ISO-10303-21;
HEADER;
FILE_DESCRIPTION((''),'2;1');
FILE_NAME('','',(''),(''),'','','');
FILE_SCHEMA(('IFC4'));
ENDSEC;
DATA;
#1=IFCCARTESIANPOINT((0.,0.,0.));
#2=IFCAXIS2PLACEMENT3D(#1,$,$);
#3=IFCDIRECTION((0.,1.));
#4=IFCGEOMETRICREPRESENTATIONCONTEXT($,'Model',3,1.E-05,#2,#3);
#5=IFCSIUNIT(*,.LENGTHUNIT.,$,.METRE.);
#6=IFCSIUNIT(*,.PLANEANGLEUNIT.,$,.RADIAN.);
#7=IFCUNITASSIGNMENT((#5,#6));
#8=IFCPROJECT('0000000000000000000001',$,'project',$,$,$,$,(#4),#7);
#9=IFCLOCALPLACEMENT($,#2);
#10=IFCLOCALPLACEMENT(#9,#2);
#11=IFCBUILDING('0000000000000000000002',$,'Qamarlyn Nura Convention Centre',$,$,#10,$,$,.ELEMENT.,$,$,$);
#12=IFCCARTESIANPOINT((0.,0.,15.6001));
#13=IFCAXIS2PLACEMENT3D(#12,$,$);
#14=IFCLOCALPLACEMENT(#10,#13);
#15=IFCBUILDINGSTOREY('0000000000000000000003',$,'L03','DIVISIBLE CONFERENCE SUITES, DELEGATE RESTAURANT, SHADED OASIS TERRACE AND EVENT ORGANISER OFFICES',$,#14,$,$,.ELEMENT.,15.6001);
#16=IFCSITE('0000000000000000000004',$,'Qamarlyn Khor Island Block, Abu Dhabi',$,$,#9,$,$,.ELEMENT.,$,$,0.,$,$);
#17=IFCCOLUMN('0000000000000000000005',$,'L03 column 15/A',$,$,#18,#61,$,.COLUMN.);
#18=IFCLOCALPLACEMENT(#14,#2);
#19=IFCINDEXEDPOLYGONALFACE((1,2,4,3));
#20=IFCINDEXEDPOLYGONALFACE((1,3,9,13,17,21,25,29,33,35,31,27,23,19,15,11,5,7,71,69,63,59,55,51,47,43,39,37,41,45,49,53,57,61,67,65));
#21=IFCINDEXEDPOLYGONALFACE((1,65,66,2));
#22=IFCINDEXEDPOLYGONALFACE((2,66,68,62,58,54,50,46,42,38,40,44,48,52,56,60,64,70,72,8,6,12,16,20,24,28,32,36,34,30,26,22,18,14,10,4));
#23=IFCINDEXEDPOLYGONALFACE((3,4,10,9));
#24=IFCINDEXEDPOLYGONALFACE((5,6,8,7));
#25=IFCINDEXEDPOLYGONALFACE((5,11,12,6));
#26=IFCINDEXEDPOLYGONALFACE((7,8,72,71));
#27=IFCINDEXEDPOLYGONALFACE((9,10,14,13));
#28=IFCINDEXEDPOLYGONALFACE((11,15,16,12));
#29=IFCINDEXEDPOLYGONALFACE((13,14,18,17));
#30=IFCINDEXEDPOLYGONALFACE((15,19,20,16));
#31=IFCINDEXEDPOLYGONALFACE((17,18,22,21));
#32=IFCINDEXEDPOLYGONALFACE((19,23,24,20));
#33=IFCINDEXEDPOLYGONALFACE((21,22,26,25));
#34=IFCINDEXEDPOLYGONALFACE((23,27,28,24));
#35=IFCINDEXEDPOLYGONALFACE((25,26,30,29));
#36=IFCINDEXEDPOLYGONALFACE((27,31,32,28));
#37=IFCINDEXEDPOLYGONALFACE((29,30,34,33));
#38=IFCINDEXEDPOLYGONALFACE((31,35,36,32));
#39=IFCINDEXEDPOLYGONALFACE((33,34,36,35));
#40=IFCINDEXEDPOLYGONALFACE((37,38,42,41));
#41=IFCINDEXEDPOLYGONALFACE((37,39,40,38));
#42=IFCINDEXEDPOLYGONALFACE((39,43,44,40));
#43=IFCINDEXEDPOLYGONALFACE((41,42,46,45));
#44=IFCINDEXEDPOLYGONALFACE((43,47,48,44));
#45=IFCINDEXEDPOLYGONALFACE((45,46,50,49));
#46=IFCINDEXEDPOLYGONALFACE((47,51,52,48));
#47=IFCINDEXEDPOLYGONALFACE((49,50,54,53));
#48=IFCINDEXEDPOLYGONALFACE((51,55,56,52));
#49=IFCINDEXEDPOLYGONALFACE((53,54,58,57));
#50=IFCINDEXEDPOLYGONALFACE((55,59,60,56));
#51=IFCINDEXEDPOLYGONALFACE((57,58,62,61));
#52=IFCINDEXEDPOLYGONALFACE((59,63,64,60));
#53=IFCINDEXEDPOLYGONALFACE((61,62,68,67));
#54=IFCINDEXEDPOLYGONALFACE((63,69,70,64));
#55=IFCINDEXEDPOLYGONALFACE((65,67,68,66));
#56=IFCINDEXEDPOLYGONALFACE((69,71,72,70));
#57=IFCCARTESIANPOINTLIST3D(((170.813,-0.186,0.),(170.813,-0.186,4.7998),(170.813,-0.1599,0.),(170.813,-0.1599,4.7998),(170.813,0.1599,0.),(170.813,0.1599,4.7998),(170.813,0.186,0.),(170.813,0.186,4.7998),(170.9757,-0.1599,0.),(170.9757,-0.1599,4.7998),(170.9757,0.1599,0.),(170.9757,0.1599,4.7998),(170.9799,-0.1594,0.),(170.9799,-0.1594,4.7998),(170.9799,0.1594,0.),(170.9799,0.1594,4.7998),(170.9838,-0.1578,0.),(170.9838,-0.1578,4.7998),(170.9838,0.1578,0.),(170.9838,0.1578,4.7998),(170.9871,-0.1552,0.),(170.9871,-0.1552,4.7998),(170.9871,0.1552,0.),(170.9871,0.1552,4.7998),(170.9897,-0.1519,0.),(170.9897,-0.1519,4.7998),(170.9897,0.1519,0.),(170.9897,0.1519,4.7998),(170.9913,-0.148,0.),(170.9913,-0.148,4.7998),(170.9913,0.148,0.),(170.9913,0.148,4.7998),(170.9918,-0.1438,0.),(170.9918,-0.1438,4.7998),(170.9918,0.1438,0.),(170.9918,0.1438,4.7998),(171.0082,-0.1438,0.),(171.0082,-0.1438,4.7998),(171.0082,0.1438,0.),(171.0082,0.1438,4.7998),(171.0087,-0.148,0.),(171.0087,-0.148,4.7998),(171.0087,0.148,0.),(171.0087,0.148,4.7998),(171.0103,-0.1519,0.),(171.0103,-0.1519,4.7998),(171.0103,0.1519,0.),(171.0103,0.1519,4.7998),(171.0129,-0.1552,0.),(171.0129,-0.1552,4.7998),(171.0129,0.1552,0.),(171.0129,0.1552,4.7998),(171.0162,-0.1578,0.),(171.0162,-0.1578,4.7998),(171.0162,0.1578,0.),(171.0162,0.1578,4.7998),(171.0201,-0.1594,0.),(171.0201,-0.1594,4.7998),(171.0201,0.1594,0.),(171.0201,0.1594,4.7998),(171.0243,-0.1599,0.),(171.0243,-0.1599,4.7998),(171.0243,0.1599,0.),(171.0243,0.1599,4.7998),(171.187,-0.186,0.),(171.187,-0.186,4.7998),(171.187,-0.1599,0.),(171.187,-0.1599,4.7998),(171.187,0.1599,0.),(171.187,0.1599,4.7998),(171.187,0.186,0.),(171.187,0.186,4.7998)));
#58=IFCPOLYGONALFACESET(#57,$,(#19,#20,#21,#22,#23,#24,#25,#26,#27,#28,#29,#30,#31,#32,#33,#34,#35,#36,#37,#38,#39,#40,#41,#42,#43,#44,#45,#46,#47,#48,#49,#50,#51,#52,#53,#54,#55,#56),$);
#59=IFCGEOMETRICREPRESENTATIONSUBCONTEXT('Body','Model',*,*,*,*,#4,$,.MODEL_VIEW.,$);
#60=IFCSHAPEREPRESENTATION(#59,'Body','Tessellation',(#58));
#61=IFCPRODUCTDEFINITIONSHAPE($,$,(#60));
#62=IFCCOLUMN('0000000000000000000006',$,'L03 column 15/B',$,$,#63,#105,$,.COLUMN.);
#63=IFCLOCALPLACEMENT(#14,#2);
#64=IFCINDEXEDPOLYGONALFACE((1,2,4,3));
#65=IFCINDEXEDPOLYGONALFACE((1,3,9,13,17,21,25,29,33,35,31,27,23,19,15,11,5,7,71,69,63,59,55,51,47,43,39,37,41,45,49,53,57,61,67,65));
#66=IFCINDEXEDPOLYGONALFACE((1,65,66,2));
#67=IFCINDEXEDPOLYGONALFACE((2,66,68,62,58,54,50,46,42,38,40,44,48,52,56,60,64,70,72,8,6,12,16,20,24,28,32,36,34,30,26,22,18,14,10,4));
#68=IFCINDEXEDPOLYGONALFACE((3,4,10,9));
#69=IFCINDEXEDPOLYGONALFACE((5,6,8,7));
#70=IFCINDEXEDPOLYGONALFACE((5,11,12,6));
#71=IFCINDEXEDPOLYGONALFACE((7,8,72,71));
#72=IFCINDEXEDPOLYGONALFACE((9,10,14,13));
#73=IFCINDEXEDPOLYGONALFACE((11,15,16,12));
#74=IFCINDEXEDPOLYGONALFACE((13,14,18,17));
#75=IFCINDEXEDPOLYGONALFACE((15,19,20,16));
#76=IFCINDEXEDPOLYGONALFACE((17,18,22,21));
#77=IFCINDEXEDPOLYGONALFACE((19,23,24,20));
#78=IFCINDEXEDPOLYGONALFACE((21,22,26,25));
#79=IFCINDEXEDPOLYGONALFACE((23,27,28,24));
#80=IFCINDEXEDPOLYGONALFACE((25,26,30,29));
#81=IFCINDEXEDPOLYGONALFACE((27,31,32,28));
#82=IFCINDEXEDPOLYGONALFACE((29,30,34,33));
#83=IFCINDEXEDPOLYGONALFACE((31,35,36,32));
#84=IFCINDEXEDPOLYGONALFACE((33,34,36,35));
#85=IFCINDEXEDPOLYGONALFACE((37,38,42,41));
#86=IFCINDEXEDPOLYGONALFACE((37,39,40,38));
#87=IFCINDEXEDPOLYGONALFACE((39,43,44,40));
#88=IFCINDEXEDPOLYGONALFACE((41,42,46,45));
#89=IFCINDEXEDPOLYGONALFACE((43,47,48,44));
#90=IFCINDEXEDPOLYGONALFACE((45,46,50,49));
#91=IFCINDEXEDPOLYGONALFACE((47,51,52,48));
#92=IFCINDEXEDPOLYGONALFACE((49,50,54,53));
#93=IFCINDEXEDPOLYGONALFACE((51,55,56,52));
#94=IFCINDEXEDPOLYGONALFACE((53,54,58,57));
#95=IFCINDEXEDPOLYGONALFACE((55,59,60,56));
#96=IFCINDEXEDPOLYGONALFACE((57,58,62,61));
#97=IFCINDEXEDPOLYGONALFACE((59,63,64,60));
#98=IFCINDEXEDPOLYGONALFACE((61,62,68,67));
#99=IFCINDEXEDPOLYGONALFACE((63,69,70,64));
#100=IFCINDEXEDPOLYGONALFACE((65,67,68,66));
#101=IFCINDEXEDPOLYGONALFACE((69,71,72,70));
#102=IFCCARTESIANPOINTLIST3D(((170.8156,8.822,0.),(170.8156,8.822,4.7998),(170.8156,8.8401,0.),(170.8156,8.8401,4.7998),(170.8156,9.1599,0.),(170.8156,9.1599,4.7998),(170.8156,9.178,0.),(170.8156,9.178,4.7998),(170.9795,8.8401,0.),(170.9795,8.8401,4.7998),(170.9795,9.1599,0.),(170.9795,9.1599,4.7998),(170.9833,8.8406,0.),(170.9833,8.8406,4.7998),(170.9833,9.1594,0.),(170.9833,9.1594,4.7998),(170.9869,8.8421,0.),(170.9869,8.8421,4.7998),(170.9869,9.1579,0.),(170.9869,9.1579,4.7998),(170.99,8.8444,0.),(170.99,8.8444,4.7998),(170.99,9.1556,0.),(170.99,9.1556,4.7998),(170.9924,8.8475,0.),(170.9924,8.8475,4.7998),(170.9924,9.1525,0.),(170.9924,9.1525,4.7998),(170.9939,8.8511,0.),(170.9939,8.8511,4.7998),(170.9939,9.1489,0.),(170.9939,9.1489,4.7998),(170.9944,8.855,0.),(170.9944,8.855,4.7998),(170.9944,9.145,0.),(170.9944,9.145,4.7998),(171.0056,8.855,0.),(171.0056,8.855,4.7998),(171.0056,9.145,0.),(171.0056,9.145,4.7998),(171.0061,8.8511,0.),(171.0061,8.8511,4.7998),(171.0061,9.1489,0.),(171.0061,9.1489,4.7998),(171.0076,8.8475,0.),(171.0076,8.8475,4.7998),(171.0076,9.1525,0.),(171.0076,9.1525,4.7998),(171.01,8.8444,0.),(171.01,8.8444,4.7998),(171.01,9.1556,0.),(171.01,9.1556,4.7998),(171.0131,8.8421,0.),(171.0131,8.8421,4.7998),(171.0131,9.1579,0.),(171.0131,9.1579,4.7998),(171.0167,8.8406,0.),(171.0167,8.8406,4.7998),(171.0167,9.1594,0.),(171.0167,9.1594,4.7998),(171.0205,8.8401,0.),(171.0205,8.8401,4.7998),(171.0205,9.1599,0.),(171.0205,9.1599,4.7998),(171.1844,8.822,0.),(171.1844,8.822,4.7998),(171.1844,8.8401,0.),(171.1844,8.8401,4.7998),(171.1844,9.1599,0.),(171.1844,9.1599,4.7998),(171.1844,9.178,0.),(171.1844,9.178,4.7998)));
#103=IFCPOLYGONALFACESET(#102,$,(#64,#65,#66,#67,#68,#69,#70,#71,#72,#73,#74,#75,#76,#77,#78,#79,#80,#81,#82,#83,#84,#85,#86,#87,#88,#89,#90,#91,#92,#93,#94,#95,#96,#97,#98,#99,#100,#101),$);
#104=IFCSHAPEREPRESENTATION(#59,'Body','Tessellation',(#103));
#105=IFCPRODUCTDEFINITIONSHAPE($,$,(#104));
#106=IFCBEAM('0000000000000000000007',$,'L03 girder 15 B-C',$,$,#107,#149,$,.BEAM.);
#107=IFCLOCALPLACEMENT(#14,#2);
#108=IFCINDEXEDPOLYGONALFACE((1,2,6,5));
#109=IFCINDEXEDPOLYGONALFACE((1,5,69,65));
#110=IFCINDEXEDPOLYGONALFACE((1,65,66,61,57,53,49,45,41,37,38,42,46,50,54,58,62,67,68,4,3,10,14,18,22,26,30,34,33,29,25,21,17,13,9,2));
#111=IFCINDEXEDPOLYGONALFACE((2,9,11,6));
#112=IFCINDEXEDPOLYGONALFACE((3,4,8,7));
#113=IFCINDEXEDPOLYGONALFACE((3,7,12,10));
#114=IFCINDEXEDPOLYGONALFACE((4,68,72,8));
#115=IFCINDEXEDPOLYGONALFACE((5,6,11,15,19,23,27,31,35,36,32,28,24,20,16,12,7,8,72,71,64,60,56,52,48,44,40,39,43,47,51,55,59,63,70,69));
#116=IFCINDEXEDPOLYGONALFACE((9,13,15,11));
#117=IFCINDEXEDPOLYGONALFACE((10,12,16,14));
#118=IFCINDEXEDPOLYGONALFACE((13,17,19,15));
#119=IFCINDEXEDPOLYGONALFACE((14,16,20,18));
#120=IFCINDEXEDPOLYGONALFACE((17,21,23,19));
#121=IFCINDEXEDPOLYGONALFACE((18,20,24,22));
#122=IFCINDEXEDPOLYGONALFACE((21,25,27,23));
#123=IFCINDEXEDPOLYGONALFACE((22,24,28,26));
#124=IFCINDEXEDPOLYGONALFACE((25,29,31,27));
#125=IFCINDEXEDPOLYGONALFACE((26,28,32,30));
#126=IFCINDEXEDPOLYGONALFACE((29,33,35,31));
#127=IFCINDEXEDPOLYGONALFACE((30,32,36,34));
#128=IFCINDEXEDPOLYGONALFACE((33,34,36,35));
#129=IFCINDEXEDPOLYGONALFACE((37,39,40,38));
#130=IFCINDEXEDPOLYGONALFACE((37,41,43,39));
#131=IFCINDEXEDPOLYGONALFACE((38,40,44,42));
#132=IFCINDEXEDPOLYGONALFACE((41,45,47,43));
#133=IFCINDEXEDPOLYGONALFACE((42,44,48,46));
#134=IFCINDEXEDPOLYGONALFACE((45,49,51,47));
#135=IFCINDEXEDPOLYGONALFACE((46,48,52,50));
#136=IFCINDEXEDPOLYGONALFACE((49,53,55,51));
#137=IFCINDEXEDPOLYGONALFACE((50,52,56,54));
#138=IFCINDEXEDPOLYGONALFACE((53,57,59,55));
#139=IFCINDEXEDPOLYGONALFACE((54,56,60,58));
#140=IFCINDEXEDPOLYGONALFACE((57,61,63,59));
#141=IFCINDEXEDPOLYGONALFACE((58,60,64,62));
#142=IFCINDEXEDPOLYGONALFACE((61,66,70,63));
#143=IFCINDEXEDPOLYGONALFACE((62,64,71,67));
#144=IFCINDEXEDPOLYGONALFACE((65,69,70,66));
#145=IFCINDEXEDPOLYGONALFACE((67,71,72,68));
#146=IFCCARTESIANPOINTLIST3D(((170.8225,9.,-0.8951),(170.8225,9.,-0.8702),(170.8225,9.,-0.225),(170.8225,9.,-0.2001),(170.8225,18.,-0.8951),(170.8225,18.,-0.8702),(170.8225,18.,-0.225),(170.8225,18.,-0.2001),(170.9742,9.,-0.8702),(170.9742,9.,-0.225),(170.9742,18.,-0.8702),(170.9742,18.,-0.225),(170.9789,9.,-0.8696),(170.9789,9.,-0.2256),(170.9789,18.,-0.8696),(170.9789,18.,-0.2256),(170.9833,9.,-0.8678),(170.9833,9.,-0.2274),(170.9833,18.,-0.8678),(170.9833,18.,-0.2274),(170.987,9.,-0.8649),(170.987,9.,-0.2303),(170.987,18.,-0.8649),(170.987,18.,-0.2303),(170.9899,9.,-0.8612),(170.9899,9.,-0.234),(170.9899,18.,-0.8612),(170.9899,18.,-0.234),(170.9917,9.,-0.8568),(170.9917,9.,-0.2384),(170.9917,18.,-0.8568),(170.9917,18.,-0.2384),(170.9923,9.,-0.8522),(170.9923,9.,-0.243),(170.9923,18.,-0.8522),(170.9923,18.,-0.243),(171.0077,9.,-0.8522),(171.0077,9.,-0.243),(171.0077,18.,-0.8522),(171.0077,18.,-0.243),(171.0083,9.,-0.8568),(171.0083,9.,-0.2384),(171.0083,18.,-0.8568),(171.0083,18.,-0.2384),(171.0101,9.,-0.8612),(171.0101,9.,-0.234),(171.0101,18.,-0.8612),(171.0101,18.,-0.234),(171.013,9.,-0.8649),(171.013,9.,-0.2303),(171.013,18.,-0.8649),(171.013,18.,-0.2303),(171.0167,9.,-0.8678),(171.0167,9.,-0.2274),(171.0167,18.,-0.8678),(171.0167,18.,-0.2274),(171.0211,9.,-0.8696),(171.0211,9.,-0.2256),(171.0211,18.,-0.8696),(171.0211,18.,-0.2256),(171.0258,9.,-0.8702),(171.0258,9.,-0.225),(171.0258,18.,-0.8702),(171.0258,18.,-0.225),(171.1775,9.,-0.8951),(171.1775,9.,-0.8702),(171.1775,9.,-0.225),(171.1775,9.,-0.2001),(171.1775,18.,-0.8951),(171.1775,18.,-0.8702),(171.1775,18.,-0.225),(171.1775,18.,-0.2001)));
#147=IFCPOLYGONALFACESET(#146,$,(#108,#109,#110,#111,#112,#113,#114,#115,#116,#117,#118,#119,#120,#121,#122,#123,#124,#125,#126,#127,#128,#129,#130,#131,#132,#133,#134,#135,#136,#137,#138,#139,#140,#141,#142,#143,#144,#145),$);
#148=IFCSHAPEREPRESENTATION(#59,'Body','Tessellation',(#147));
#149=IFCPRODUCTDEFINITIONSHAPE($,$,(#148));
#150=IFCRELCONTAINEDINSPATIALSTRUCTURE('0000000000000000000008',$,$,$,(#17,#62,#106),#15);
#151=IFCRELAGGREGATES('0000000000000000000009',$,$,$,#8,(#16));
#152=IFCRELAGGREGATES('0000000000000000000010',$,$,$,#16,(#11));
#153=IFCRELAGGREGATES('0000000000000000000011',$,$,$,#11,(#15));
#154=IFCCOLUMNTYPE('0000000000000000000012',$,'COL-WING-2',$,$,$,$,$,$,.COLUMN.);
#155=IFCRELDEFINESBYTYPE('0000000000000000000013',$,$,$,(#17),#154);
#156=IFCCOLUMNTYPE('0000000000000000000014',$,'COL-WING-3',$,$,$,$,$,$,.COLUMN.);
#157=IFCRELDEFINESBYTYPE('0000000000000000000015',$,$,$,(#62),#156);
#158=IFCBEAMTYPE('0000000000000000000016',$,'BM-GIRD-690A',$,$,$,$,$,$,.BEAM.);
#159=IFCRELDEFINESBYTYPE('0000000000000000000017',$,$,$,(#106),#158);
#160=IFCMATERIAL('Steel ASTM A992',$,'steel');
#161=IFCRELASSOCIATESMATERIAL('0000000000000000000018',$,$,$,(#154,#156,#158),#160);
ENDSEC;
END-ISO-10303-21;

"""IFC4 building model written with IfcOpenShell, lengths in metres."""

from ifc_helpers import new_model, si_unit, direction, frame, origin, origin_2d, place, context, subcontext, project, spatial, i_section, extrude, material, material_profile, profile_set, type_object, element, save


model = new_model("IFC4")

# Units and contexts
model_context = context("Model", 3, precision=1e-05, world=origin(), true_north=direction((0.0, 1.0)))
body_context = subcontext(model_context, "Body", "Model", "MODEL_VIEW")
ifc_project = project(units=[si_unit("LENGTHUNIT", "METRE"), si_unit("PLANEANGLEUNIT", "RADIAN")], contexts=[model_context])

# Site, building, storey
site_placement = place(None, origin())
site = spatial("IfcSite", under=ifc_project, at=site_placement, Name="Qamarlyn Khor Island Block, Abu Dhabi", CompositionType="ELEMENT", RefElevation=0.0)
building_placement = place(site_placement, origin())
building = spatial("IfcBuilding", under=site, at=building_placement, Name="Qamarlyn Nura Convention Centre", CompositionType="ELEMENT")
storey_placement = place(building_placement, frame((0.0, 0.0, 15.6001)))
storey = spatial("IfcBuildingStorey", under=building, at=storey_placement, Name="L03", Description="DIVISIBLE CONFERENCE SUITES, DELEGATE RESTAURANT, SHADED OASIS TERRACE AND EVENT ORGANISER OFFICES", CompositionType="ELEMENT", Elevation=15.6001)

# Columns
ifc_material_1 = material(Name="Steel ASTM A992", Category="steel")
ifc_material_profile_1 = material_profile(ifc_material_1, i_section(OverallWidth=0.374, OverallDepth=0.3721, WebThickness=0.0164, FlangeThickness=0.0261, FilletRadius=0.0161, at=origin_2d()), Name="W360X196")
ifc_profile_set_1 = profile_set([ifc_material_profile_1], Name="Steel ASTM A992")
column_type_1 = type_object("IfcColumnType", Name="COL-WING-2", PredefinedType="COLUMN", material=ifc_profile_set_1)
column_1_placement = place(storey_placement, frame((171.0, 0.0, 0.0), z_axis=(0.0, 0.0, 1.0), x_axis=(1.0, 0.0, 0.0)))
element("IfcColumn", 1, at=column_1_placement, inside=storey, type_object=column_type_1, Name="L03 column 15/A", PredefinedType="COLUMN", context=body_context, shape_type="SweptSolid", body=[
    extrude(i_section(OverallWidth=0.374, OverallDepth=0.3721, WebThickness=0.0164, FlangeThickness=0.0261, FilletRadius=0.0161, at=origin_2d()), origin(), (0.0, 0.0, 1.0), 4.7998),
])
ifc_material_profile_2 = material_profile(ifc_material_1, i_section(OverallWidth=0.3689, OverallDepth=0.356, WebThickness=0.0112, FlangeThickness=0.0181, FilletRadius=0.0149, at=origin_2d()), Name="W360X134")
ifc_profile_set_2 = profile_set([ifc_material_profile_2], Name="Steel ASTM A992")
column_type_2 = type_object("IfcColumnType", Name="COL-WING-3", PredefinedType="COLUMN", material=ifc_profile_set_2)
column_2_placement = place(storey_placement, frame((171.0, 9.0, 0.0), z_axis=(0.0, 0.0, 1.0), x_axis=(1.0, 0.0, 0.0)))
element("IfcColumn", 2, at=column_2_placement, inside=storey, type_object=column_type_2, Name="L03 column 15/B", PredefinedType="COLUMN", context=body_context, shape_type="SweptSolid", body=[
    extrude(i_section(OverallWidth=0.3689, OverallDepth=0.356, WebThickness=0.0112, FlangeThickness=0.0181, FilletRadius=0.0149, at=origin_2d()), origin(), (0.0, 0.0, 1.0), 4.7998),
])

# Beam
ifc_material_profile_3 = material_profile(ifc_material_1, i_section(OverallWidth=0.355, OverallDepth=0.6951, WebThickness=0.0154, FlangeThickness=0.0249, FilletRadius=0.0181, at=origin_2d()), Name="W690X217")
ifc_profile_set_3 = profile_set([ifc_material_profile_3], Name="Steel ASTM A992")
beam_type_1 = type_object("IfcBeamType", Name="BM-GIRD-690A", PredefinedType="BEAM", material=ifc_profile_set_3)
beam_1_placement = place(storey_placement, frame((171.0, 9.0, -0.5476), z_axis=(0.0, 1.0, 0.0), x_axis=(-1.0, 0.0, 0.0)))
element("IfcBeam", 3, at=beam_1_placement, inside=storey, type_object=beam_type_1, Name="L03 girder 15 B-C", PredefinedType="BEAM", context=body_context, shape_type="SweptSolid", body=[
    extrude(i_section(OverallWidth=0.355, OverallDepth=0.6951, WebThickness=0.0154, FlangeThickness=0.0249, FilletRadius=0.0181, at=origin_2d()), origin(), (0.0, 0.0, 1.0), 9.0),
])

save(model, "model.ifc")
